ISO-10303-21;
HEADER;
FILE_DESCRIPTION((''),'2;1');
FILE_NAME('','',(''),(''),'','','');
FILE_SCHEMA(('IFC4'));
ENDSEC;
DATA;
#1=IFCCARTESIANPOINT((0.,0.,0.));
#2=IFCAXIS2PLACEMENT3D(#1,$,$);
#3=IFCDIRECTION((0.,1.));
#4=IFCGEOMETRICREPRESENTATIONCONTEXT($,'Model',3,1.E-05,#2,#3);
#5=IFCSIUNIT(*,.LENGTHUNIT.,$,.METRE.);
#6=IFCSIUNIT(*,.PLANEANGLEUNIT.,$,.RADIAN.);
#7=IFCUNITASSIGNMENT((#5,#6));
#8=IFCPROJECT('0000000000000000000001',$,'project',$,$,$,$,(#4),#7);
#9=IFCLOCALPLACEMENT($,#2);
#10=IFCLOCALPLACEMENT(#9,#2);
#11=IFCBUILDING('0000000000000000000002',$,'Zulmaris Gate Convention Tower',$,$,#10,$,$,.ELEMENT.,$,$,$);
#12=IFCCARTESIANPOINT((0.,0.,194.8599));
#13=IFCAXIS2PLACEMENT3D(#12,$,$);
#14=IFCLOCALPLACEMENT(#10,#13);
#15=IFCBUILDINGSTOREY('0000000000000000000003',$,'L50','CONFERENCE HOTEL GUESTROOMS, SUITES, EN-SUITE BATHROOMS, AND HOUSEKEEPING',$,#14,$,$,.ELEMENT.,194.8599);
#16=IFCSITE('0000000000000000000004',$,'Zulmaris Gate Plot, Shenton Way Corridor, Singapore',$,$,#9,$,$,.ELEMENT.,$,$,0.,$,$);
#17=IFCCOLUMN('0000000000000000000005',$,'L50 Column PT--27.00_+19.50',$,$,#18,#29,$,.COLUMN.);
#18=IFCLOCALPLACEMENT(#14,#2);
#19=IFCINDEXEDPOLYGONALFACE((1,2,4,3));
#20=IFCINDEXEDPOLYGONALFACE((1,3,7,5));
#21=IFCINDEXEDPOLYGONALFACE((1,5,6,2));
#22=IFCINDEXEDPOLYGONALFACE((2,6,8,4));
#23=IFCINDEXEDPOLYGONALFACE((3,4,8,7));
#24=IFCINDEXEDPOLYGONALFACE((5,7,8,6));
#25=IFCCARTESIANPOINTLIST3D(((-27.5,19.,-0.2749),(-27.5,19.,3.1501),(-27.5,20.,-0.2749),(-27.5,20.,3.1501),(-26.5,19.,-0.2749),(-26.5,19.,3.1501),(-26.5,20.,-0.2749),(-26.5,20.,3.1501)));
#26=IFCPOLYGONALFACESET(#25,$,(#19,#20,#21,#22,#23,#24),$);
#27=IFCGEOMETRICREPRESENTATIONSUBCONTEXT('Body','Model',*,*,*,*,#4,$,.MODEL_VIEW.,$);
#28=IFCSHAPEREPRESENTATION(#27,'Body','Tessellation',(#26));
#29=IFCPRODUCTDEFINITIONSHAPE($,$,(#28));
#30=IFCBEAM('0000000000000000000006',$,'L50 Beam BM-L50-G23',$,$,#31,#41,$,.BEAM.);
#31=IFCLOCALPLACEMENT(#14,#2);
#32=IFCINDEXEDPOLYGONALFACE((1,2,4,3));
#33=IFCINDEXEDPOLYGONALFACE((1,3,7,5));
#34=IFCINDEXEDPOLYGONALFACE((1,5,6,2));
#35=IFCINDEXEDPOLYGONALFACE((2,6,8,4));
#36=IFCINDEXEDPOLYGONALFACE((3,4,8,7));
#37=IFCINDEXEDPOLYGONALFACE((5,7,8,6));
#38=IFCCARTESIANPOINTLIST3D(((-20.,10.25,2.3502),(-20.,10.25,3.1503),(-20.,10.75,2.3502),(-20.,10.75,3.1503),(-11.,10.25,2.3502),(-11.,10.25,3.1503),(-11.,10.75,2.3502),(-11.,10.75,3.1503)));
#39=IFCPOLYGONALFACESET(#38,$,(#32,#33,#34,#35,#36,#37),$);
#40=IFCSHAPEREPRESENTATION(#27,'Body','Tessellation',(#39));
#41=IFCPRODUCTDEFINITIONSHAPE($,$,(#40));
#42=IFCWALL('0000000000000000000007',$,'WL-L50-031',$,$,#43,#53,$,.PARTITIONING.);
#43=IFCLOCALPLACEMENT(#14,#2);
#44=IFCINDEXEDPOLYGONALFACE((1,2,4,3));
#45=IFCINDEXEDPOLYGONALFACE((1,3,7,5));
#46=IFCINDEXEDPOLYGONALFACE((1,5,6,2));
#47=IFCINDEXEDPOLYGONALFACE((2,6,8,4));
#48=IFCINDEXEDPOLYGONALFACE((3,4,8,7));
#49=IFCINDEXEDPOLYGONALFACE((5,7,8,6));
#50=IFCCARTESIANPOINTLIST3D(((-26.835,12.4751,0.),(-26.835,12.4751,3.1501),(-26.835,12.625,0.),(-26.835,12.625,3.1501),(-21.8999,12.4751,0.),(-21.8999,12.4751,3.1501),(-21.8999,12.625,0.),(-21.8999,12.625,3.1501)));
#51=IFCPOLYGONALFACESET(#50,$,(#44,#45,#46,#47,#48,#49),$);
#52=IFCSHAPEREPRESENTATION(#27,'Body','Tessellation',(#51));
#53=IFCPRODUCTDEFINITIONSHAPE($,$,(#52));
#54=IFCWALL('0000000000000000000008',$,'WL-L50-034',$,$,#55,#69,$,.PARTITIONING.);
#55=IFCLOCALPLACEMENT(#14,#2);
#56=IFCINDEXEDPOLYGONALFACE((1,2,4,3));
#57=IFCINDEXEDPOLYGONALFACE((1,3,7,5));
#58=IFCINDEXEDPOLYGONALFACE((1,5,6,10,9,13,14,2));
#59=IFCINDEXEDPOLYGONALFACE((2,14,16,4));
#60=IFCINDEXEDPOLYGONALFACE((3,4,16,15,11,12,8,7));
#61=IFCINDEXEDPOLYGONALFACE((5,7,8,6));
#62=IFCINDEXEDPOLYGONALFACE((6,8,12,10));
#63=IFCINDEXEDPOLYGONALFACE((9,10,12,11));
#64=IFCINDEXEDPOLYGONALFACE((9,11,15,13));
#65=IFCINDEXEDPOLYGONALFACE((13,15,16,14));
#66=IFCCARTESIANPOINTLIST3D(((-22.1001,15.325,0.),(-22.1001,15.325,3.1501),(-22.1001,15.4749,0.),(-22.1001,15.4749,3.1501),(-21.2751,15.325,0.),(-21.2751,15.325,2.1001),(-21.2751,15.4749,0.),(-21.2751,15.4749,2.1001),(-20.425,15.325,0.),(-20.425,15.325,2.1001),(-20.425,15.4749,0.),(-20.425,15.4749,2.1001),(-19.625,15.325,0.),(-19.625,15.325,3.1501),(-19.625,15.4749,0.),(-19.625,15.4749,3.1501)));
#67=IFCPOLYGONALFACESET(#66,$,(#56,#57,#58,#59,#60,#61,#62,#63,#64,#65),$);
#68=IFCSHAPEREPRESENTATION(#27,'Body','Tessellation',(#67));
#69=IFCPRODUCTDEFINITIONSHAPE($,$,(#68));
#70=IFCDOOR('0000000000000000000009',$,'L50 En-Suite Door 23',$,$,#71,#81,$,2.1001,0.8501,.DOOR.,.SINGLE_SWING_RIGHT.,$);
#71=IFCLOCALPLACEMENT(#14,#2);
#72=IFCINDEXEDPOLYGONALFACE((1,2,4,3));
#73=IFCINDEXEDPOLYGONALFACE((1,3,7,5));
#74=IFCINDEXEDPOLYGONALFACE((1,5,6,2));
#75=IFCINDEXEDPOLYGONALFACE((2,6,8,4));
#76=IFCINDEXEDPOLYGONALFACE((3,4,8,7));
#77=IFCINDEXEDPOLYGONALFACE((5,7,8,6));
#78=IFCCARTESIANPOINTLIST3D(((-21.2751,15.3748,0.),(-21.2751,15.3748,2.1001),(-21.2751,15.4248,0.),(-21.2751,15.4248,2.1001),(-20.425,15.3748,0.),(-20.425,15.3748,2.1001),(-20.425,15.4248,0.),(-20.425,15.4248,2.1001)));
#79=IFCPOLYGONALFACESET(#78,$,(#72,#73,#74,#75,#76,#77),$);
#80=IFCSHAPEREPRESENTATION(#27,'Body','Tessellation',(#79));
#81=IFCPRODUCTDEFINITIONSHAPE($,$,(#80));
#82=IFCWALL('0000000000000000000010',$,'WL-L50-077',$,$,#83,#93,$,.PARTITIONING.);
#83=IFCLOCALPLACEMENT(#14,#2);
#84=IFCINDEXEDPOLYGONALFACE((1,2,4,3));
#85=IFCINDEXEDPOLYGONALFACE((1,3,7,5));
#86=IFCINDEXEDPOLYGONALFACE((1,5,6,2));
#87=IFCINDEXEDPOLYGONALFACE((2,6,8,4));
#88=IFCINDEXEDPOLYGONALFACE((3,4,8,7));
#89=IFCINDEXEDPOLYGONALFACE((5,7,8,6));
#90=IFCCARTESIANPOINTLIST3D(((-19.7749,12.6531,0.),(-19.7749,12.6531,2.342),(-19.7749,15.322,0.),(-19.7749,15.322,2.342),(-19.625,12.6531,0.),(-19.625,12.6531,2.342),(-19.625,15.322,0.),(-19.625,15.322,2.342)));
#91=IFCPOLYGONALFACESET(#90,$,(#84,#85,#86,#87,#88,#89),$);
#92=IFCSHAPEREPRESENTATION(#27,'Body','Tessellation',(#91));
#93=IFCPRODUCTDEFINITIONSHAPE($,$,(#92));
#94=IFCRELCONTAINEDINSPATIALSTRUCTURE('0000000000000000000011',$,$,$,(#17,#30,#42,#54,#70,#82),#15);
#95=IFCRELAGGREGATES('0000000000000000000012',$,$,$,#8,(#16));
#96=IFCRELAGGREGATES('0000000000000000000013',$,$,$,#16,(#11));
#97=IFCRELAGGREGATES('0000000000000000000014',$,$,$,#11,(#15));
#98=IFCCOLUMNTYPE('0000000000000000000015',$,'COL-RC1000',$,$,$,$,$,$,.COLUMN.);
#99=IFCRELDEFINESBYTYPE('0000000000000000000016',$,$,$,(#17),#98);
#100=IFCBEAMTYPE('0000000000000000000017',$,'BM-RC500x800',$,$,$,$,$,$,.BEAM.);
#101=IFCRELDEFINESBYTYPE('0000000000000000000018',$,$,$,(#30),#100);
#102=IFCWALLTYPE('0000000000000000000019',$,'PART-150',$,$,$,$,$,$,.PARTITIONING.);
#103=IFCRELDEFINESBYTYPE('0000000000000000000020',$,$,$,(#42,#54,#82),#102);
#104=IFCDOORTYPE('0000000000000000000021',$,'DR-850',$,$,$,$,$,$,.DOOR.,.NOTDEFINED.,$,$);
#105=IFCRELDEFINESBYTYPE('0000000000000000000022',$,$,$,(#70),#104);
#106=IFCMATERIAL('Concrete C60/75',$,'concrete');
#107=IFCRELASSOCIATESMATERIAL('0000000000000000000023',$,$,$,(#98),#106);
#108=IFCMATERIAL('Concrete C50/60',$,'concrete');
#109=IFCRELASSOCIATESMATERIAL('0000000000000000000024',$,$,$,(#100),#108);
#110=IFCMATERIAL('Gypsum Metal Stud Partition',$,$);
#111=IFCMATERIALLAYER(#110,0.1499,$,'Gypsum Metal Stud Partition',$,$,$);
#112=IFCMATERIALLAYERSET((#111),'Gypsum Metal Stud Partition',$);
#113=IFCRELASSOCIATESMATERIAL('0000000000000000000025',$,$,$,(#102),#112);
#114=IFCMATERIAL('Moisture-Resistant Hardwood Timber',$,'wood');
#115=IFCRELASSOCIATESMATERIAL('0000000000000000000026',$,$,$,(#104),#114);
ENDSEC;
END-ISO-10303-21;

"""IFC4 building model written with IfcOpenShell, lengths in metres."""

from ifc_helpers import new_model, si_unit, direction, frame, frame_2d, origin, origin_2d, place, context, subcontext, project, spatial, rectangle, extrude, material, layer, layer_set, material_profile, profile_set, type_object, element, fill, save


model = new_model("IFC4")

# Units and contexts
model_context = context("Model", 3, precision=1e-05, world=origin(), true_north=direction((0.0, 1.0)))
body_context = subcontext(model_context, "Body", "Model", "MODEL_VIEW")
ifc_project = project(units=[si_unit("LENGTHUNIT", "METRE"), si_unit("PLANEANGLEUNIT", "RADIAN")], contexts=[model_context])

# Site, building, storey
site_placement = place(None, origin())
site = spatial("IfcSite", under=ifc_project, at=site_placement, Name="Zulmaris Gate Plot, Shenton Way Corridor, Singapore", CompositionType="ELEMENT", RefElevation=0.0)
building_placement = place(site_placement, origin())
building = spatial("IfcBuilding", under=site, at=building_placement, Name="Zulmaris Gate Convention Tower", CompositionType="ELEMENT")
storey_placement = place(building_placement, frame((0.0, 0.0, 194.8599)))
storey = spatial("IfcBuildingStorey", under=building, at=storey_placement, Name="L50", Description="CONFERENCE HOTEL GUESTROOMS, SUITES, EN-SUITE BATHROOMS, AND HOUSEKEEPING", CompositionType="ELEMENT", Elevation=194.8599)

# Column
ifc_material_1 = material(Name="Concrete C60/75", Category="concrete")
ifc_material_profile_1 = material_profile(ifc_material_1, rectangle(XDim=1.0, YDim=1.0, at=origin_2d()), Name="RC COL 1000x1000")
ifc_profile_set_1 = profile_set([ifc_material_profile_1], Name="Concrete C60/75")
column_type = type_object("IfcColumnType", Name="COL-RC1000", PredefinedType="COLUMN", material=ifc_profile_set_1)
column_placement = place(storey_placement, frame((-27.0, 19.5, -0.2749), z_axis=(0.0, 0.0, 1.0), x_axis=(1.0, 0.0, 0.0)))
element("IfcColumn", 1, at=column_placement, inside=storey, type_object=column_type, Name="L50 Column PT--27.00_+19.50", PredefinedType="COLUMN", context=body_context, shape_type="SweptSolid", body=[
    extrude(rectangle(XDim=1.0, YDim=1.0, at=origin_2d()), origin(), (0.0, 0.0, 1.0), 3.425),
])

# Beam
ifc_material_2 = material(Name="Concrete C50/60", Category="concrete")
ifc_material_profile_2 = material_profile(ifc_material_2, rectangle(XDim=0.5, YDim=0.8, at=origin_2d()), Name="RC BEAM 500x800")
ifc_profile_set_2 = profile_set([ifc_material_profile_2], Name="Concrete C50/60")
beam_type = type_object("IfcBeamType", Name="BM-RC500x800", PredefinedType="BEAM", material=ifc_profile_set_2)
beam_placement = place(storey_placement, frame((-20.0, 10.5, 2.7502), z_axis=(1.0, 0.0, 0.0), x_axis=(0.0, 1.0, 0.0)))
element("IfcBeam", 2, at=beam_placement, inside=storey, type_object=beam_type, Name="L50 Beam BM-L50-G23", PredefinedType="BEAM", context=body_context, shape_type="SweptSolid", body=[
    extrude(rectangle(XDim=0.5, YDim=0.8, at=origin_2d()), origin(), (0.0, 0.0, 1.0), 9.0),
])

# Wall
ifc_material_3 = material(Name="Gypsum Metal Stud Partition")
ifc_layer_1 = layer(ifc_material_3, 0.1499, Name="Gypsum Metal Stud Partition")
ifc_layer_set_1 = layer_set([ifc_layer_1], Name="Gypsum Metal Stud Partition")
wall_type_1 = type_object("IfcWallType", Name="PART-150", PredefinedType="PARTITIONING", material=ifc_layer_set_1)
wall_1_placement = place(storey_placement, frame((-26.835, 12.55, 0.0), z_axis=(0.0, 0.0, 1.0), x_axis=(1.0, 0.0, 0.0)))
element("IfcWall", 3, at=wall_1_placement, inside=storey, type_object=wall_type_1, Name="WL-L50-031", PredefinedType="PARTITIONING", context=body_context, shape_type="SweptSolid", body=[
    extrude(rectangle(XDim=4.9351, YDim=0.1499, at=frame_2d((2.4675, 0.0))), origin(), (0.0, 0.0, 1.0), 3.1501),
])

# Wall, opening, door
wall_2_placement = place(storey_placement, frame((-22.1001, 15.3999, 0.0), z_axis=(0.0, 0.0, 1.0), x_axis=(1.0, 0.0, 0.0)))
wall_2 = element("IfcWall", 4, at=wall_2_placement, inside=storey, type_object=wall_type_1, Name="WL-L50-034", PredefinedType="PARTITIONING", context=body_context, shape_type="SweptSolid", body=[
    extrude(rectangle(XDim=2.4751, YDim=0.1499, at=frame_2d((1.2375, 0.0))), origin(), (0.0, 0.0, 1.0), 3.1501),
])
opening_1_placement = place(wall_2_placement, frame((0.825, 0.0, 0.0)))
opening_1 = element("IfcOpeningElement", 5, at=opening_1_placement, cuts=wall_2, PredefinedType="OPENING", context=body_context, shape_type="SweptSolid", body=[
    extrude(rectangle(XDim=0.8501, YDim=2.1001, at=frame_2d((0.425, 1.05))), frame((0.0, 0.085, 0.0), z_axis=(0.0, -1.0, 0.0), x_axis=(1.0, 0.0, 0.0)), (0.0, 0.0, 1.0), 0.1699),
])
ifc_material_4 = material(Name="Moisture-Resistant Hardwood Timber", Category="wood")
door_type_1 = type_object("IfcDoorType", Name="DR-850", OperationType="NOTDEFINED", PredefinedType="DOOR", material=ifc_material_4)
door_1_placement = place(opening_1_placement, origin())
door_1 = element("IfcDoor", 6, at=door_1_placement, inside=storey, type_object=door_type_1, Name="L50 En-Suite Door 23", OperationType="SINGLE_SWING_RIGHT", OverallHeight=2.1001, OverallWidth=0.8501, PredefinedType="DOOR", context=body_context, shape_type="SweptSolid", body=[
    extrude(rectangle(XDim=0.8501, YDim=2.1001, at=frame_2d((0.425, 1.05))), frame((0.0, 0.0249, 0.0), z_axis=(0.0, -1.0, 0.0), x_axis=(1.0, 0.0, 0.0)), (0.0, 0.0, 1.0), 0.05),
])
fill(opening_1, door_1)

# Wall
wall_3_placement = place(storey_placement, frame((-19.7, 12.6531, 0.0), z_axis=(0.0, 0.0, 1.0), x_axis=(0.0, 1.0, 0.0)))
element("IfcWall", 7, at=wall_3_placement, inside=storey, type_object=wall_type_1, Name="WL-L50-077", PredefinedType="PARTITIONING", context=body_context, shape_type="SweptSolid", body=[
    extrude(rectangle(XDim=2.6689, YDim=0.1499, at=frame_2d((1.3345, 0.0))), origin(), (0.0, 0.0, 1.0), 2.342),
])

save(model, "model.ifc")
